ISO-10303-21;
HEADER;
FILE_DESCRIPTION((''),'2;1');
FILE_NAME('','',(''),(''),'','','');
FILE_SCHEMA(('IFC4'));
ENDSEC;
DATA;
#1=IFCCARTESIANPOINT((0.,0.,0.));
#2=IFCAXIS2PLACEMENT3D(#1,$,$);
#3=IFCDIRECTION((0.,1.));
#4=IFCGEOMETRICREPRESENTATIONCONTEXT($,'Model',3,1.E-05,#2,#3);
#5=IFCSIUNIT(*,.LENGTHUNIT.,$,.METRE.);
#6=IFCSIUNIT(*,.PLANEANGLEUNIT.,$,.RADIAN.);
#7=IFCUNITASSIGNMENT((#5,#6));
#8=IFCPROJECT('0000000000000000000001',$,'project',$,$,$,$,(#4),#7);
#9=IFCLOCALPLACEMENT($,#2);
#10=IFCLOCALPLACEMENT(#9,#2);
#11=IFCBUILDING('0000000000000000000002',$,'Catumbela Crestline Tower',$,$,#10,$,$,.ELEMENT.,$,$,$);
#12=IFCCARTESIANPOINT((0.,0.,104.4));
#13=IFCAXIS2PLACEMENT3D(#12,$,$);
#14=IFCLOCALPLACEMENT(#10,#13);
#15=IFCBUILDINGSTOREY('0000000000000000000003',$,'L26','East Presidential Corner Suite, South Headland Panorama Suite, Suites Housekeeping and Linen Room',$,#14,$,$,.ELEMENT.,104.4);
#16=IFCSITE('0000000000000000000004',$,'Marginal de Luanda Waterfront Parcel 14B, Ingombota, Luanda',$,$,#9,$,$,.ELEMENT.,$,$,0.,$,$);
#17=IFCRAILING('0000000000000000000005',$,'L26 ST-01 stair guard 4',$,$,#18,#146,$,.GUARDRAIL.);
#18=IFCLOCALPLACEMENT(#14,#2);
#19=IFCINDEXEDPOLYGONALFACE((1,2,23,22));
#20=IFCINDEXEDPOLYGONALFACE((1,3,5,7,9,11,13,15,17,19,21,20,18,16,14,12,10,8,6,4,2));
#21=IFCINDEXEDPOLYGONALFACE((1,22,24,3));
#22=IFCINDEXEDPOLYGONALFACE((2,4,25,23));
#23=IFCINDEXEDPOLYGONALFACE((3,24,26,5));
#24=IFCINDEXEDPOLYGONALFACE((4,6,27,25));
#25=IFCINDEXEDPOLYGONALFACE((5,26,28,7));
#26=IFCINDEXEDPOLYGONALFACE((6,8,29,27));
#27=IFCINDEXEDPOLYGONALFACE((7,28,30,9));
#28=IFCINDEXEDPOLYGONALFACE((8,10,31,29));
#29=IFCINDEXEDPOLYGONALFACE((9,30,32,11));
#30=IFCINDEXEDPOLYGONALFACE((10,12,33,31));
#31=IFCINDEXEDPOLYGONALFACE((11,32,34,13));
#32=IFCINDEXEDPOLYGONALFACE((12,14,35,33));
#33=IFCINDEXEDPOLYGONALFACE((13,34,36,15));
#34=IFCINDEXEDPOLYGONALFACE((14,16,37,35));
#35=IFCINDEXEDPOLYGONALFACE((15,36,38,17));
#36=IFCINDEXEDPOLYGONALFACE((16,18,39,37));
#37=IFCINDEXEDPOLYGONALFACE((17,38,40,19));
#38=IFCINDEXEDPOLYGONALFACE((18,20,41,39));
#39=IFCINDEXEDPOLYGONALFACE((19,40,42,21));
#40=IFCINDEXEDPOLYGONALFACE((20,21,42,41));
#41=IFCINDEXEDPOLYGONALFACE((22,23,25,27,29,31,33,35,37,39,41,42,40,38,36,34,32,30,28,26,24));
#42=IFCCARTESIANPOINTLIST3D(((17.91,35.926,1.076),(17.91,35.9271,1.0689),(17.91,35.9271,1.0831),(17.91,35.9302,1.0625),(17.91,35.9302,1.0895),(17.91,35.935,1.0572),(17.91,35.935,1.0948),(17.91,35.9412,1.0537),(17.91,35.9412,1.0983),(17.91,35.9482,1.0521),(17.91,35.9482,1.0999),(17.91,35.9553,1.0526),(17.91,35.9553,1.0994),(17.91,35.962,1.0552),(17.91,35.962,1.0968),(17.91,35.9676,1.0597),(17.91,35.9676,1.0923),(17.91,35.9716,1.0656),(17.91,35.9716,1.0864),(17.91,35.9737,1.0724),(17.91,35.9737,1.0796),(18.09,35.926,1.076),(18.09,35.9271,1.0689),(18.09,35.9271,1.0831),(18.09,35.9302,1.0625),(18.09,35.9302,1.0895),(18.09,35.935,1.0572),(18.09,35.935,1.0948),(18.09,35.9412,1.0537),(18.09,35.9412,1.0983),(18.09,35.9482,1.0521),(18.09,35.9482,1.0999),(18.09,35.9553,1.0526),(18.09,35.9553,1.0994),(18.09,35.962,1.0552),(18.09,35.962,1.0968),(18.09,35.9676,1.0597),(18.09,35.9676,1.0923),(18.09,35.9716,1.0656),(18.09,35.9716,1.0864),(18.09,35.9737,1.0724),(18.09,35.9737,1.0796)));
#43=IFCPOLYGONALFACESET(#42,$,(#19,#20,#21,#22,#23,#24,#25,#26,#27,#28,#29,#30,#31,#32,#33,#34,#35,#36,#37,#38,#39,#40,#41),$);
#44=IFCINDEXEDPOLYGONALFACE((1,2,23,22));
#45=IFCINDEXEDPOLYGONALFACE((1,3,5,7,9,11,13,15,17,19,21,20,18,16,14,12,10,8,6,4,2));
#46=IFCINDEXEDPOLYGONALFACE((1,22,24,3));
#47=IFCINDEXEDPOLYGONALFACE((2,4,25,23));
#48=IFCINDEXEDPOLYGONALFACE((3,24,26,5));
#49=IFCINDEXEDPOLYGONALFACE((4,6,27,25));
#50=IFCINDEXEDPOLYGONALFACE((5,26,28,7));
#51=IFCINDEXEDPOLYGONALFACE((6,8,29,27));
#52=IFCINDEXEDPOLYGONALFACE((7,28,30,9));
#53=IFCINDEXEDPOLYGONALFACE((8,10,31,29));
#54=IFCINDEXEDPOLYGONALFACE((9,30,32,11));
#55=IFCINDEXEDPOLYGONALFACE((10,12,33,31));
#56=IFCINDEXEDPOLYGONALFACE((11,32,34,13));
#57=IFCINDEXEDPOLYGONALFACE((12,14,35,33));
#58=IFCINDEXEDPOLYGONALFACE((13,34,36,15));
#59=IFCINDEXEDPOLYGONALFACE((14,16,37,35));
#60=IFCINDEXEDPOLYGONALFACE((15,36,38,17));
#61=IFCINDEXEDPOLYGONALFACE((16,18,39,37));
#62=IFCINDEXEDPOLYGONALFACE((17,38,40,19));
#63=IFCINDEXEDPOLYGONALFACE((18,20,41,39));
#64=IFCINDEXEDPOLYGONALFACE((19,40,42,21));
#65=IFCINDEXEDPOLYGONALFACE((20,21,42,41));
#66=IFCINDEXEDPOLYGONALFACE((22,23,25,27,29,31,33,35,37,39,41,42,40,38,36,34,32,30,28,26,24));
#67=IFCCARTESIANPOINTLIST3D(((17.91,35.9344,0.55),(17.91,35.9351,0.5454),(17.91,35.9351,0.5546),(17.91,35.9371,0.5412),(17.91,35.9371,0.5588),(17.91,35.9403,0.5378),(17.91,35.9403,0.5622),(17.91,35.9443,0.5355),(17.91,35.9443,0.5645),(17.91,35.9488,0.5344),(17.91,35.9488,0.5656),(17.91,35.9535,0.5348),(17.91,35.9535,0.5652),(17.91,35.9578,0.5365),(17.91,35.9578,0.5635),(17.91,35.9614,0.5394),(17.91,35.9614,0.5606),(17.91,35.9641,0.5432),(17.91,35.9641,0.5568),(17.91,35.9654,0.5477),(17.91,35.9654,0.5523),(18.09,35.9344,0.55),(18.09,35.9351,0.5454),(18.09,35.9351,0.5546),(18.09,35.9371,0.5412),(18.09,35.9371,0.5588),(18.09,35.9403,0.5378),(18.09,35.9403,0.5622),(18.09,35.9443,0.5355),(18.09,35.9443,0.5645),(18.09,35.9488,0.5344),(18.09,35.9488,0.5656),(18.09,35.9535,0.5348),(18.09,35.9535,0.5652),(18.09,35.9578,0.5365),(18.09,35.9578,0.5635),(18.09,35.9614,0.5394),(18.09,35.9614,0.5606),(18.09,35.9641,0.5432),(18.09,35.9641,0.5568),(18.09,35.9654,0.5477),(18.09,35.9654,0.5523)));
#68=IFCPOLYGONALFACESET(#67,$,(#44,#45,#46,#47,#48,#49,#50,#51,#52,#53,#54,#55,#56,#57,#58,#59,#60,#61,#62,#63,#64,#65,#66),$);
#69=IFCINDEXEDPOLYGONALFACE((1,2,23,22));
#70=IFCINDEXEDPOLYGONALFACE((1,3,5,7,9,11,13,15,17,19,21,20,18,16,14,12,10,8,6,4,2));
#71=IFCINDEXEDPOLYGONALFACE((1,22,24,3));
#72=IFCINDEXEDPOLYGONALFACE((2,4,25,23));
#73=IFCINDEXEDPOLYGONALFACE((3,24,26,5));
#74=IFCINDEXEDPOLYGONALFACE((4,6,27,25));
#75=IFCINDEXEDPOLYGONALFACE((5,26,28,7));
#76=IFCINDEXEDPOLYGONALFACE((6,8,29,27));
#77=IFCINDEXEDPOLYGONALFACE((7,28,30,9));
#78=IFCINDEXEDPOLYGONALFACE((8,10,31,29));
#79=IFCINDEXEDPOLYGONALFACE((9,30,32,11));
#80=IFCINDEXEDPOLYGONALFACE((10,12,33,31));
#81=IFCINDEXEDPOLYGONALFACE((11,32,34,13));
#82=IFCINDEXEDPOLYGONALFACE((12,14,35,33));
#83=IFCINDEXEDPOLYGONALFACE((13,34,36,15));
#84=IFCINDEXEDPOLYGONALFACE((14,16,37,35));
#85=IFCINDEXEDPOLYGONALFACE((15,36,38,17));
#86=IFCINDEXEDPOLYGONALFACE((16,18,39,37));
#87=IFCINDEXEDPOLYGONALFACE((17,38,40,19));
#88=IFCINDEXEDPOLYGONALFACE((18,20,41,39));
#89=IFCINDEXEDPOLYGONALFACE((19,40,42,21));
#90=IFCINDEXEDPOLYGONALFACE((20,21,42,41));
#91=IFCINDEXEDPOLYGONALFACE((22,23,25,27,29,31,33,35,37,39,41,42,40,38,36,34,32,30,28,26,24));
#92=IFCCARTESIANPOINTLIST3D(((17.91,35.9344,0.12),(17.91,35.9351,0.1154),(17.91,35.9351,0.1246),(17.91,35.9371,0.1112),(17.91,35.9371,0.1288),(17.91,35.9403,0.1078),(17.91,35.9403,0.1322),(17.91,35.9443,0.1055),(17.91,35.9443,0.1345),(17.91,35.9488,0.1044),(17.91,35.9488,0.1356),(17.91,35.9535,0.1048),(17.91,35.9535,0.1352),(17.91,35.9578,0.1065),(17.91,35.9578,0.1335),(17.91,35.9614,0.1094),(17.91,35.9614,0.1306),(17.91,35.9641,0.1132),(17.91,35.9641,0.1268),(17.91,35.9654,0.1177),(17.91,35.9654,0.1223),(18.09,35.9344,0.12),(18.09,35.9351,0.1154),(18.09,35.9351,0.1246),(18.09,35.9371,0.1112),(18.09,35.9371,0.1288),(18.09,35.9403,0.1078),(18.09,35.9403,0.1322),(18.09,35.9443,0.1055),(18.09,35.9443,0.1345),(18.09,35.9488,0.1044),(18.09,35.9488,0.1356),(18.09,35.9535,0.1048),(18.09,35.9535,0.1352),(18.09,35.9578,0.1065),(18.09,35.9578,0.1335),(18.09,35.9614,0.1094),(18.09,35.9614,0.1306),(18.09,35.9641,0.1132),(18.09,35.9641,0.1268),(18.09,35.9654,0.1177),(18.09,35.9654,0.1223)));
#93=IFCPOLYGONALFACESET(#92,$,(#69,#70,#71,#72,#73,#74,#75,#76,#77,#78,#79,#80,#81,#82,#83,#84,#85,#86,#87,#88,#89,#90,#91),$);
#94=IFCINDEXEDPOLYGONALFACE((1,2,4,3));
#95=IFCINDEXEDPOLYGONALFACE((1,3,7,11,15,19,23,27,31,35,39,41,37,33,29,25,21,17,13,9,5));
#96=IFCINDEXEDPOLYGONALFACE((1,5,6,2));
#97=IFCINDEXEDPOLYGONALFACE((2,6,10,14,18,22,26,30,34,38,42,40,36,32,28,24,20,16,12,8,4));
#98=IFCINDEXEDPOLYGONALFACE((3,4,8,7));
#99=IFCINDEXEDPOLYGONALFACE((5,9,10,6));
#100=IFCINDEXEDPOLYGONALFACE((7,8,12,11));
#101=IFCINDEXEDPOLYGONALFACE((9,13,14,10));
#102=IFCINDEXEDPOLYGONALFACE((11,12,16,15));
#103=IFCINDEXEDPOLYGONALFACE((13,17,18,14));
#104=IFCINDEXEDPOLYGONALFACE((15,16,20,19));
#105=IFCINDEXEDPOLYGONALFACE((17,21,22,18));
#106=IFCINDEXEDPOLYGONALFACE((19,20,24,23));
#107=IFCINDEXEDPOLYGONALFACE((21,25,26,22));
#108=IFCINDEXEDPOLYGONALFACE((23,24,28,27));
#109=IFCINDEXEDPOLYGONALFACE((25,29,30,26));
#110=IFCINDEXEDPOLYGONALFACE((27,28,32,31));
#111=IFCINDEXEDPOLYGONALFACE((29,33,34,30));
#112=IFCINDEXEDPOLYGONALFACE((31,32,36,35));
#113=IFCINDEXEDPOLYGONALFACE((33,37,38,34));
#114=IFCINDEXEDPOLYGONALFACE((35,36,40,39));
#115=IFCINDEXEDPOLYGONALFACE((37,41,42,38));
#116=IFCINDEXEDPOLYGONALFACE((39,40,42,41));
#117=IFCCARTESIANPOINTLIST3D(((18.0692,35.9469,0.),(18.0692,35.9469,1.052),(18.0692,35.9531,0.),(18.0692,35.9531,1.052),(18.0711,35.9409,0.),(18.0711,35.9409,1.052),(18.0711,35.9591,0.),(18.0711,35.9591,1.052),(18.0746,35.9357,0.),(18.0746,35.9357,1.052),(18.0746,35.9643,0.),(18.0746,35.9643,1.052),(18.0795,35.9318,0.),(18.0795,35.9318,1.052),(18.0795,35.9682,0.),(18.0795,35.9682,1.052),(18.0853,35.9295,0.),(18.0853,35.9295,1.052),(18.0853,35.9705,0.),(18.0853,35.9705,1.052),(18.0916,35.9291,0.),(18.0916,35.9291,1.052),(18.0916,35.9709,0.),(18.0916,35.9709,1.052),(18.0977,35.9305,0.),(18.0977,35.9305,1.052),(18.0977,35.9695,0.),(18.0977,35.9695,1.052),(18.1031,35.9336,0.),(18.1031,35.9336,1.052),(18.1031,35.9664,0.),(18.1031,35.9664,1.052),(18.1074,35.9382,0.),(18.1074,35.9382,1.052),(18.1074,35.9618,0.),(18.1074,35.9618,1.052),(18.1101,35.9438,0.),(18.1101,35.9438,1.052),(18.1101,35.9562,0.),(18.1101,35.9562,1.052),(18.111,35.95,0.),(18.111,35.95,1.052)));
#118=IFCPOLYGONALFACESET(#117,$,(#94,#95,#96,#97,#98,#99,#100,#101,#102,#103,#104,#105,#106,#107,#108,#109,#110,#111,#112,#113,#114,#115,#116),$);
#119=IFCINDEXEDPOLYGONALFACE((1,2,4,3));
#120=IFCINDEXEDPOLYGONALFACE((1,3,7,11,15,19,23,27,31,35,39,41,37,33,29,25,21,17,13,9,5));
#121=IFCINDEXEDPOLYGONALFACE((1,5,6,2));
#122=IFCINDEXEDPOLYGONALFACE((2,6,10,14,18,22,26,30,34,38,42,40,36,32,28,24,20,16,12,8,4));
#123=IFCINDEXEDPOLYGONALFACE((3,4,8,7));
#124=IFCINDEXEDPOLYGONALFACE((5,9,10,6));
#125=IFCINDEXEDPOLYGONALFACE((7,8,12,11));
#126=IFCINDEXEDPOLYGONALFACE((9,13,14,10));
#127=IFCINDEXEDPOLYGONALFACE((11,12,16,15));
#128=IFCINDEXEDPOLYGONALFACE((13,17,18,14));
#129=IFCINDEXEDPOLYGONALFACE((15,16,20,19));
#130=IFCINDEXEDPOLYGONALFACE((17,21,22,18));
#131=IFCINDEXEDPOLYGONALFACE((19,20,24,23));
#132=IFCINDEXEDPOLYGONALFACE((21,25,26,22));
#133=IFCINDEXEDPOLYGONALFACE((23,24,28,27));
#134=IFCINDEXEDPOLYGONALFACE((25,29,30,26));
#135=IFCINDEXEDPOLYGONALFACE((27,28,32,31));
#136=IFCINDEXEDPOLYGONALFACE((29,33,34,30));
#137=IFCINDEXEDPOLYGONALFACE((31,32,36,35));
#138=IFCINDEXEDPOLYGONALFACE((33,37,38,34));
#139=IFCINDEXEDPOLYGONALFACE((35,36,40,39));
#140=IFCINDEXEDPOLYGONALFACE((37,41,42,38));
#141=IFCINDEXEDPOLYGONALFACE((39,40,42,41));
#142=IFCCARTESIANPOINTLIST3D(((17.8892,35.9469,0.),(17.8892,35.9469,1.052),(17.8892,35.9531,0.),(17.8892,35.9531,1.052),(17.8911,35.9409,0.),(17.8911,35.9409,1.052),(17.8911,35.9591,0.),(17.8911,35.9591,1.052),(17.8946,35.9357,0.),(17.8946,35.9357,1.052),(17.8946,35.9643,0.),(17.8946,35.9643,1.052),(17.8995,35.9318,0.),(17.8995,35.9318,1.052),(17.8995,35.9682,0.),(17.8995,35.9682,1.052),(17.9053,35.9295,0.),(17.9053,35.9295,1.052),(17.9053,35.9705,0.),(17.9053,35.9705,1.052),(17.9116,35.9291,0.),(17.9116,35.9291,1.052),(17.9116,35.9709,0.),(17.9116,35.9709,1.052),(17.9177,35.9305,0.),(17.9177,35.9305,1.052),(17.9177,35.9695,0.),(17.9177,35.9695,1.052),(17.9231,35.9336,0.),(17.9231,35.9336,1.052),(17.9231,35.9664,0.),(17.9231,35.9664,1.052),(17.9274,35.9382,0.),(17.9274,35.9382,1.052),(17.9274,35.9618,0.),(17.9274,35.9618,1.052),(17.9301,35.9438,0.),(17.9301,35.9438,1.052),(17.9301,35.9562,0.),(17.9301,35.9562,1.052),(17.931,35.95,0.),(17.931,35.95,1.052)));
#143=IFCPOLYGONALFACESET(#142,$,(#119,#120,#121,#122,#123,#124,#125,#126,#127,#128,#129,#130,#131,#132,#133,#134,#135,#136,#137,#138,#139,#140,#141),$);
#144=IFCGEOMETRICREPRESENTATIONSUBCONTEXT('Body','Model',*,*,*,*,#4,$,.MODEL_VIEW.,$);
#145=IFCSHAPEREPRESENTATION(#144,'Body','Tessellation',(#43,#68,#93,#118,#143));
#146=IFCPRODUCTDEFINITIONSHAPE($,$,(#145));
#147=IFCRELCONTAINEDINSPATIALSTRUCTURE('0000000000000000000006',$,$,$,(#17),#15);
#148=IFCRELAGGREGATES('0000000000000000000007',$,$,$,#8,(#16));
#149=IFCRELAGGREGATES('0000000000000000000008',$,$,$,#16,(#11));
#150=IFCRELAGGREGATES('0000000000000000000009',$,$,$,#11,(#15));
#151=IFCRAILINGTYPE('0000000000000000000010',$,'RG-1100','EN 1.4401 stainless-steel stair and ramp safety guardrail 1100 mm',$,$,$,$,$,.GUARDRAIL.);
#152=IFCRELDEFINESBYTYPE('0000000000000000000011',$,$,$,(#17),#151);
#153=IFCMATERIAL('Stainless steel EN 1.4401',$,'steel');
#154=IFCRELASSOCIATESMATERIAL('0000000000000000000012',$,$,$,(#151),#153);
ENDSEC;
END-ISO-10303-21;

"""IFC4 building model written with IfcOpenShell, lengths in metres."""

from ifc_helpers import new_model, si_unit, direction, frame, origin, origin_2d, place, context, subcontext, project, spatial, circle, extrude, material, type_object, element, save


model = new_model("IFC4")

# Units and contexts
model_context = context("Model", 3, precision=1e-05, world=origin(), true_north=direction((0.0, 1.0)))
body_context = subcontext(model_context, "Body", "Model", "MODEL_VIEW")
ifc_project = project(units=[si_unit("LENGTHUNIT", "METRE"), si_unit("PLANEANGLEUNIT", "RADIAN")], contexts=[model_context])

# Site, building, storey
site_placement = place(None, origin())
site = spatial("IfcSite", under=ifc_project, at=site_placement, Name="Marginal de Luanda Waterfront Parcel 14B, Ingombota, Luanda", CompositionType="ELEMENT", RefElevation=0.0)
building_placement = place(site_placement, origin())
building = spatial("IfcBuilding", under=site, at=building_placement, Name="Catumbela Crestline Tower", CompositionType="ELEMENT")
storey_placement = place(building_placement, frame((0.0, 0.0, 104.4)))
storey = spatial("IfcBuildingStorey", under=building, at=storey_placement, Name="L26", Description="East Presidential Corner Suite, South Headland Panorama Suite, Suites Housekeeping and Linen Room", CompositionType="ELEMENT", Elevation=104.4)

# Railing
ifc_material_1 = material(Name="Stainless steel EN 1.4401", Category="steel")
railing_type_1 = type_object("IfcRailingType", Name="RG-1100", Description="EN 1.4401 stainless-steel stair and ramp safety guardrail 1100 mm", PredefinedType="GUARDRAIL", material=ifc_material_1)
railing_1_placement = place(storey_placement, frame((18.09, 35.95, 0.0)))
element("IfcRailing", 1, at=railing_1_placement, inside=storey, type_object=railing_type_1, Name="L26 ST-01 stair guard 4", PredefinedType="GUARDRAIL", context=body_context, shape_type="SweptSolid", body=[
    extrude(circle(Radius=0.024, at=origin_2d()), frame((0.0, 0.0, 1.076), z_axis=(-1.0, 0.0, 0.0), x_axis=(0.0, -1.0, 0.0)), (0.0, 0.0, 1.0), 0.18),
    extrude(circle(Radius=0.0156, at=origin_2d()), frame((0.0, 0.0, 0.55), z_axis=(-1.0, 0.0, 0.0), x_axis=(0.0, -1.0, 0.0)), (0.0, 0.0, 1.0), 0.18),
    extrude(circle(Radius=0.0156, at=origin_2d()), frame((0.0, 0.0, 0.12), z_axis=(-1.0, 0.0, 0.0), x_axis=(0.0, -1.0, 0.0)), (0.0, 0.0, 1.0), 0.18),
    extrude(circle(Radius=0.021, at=origin_2d()), origin(), (0.0, 0.0, 1.0), 1.052),
    extrude(circle(Radius=0.021, at=origin_2d()), frame((-0.18, 0.0, 0.0)), (0.0, 0.0, 1.0), 1.052),
])

save(model, "model.ifc")
